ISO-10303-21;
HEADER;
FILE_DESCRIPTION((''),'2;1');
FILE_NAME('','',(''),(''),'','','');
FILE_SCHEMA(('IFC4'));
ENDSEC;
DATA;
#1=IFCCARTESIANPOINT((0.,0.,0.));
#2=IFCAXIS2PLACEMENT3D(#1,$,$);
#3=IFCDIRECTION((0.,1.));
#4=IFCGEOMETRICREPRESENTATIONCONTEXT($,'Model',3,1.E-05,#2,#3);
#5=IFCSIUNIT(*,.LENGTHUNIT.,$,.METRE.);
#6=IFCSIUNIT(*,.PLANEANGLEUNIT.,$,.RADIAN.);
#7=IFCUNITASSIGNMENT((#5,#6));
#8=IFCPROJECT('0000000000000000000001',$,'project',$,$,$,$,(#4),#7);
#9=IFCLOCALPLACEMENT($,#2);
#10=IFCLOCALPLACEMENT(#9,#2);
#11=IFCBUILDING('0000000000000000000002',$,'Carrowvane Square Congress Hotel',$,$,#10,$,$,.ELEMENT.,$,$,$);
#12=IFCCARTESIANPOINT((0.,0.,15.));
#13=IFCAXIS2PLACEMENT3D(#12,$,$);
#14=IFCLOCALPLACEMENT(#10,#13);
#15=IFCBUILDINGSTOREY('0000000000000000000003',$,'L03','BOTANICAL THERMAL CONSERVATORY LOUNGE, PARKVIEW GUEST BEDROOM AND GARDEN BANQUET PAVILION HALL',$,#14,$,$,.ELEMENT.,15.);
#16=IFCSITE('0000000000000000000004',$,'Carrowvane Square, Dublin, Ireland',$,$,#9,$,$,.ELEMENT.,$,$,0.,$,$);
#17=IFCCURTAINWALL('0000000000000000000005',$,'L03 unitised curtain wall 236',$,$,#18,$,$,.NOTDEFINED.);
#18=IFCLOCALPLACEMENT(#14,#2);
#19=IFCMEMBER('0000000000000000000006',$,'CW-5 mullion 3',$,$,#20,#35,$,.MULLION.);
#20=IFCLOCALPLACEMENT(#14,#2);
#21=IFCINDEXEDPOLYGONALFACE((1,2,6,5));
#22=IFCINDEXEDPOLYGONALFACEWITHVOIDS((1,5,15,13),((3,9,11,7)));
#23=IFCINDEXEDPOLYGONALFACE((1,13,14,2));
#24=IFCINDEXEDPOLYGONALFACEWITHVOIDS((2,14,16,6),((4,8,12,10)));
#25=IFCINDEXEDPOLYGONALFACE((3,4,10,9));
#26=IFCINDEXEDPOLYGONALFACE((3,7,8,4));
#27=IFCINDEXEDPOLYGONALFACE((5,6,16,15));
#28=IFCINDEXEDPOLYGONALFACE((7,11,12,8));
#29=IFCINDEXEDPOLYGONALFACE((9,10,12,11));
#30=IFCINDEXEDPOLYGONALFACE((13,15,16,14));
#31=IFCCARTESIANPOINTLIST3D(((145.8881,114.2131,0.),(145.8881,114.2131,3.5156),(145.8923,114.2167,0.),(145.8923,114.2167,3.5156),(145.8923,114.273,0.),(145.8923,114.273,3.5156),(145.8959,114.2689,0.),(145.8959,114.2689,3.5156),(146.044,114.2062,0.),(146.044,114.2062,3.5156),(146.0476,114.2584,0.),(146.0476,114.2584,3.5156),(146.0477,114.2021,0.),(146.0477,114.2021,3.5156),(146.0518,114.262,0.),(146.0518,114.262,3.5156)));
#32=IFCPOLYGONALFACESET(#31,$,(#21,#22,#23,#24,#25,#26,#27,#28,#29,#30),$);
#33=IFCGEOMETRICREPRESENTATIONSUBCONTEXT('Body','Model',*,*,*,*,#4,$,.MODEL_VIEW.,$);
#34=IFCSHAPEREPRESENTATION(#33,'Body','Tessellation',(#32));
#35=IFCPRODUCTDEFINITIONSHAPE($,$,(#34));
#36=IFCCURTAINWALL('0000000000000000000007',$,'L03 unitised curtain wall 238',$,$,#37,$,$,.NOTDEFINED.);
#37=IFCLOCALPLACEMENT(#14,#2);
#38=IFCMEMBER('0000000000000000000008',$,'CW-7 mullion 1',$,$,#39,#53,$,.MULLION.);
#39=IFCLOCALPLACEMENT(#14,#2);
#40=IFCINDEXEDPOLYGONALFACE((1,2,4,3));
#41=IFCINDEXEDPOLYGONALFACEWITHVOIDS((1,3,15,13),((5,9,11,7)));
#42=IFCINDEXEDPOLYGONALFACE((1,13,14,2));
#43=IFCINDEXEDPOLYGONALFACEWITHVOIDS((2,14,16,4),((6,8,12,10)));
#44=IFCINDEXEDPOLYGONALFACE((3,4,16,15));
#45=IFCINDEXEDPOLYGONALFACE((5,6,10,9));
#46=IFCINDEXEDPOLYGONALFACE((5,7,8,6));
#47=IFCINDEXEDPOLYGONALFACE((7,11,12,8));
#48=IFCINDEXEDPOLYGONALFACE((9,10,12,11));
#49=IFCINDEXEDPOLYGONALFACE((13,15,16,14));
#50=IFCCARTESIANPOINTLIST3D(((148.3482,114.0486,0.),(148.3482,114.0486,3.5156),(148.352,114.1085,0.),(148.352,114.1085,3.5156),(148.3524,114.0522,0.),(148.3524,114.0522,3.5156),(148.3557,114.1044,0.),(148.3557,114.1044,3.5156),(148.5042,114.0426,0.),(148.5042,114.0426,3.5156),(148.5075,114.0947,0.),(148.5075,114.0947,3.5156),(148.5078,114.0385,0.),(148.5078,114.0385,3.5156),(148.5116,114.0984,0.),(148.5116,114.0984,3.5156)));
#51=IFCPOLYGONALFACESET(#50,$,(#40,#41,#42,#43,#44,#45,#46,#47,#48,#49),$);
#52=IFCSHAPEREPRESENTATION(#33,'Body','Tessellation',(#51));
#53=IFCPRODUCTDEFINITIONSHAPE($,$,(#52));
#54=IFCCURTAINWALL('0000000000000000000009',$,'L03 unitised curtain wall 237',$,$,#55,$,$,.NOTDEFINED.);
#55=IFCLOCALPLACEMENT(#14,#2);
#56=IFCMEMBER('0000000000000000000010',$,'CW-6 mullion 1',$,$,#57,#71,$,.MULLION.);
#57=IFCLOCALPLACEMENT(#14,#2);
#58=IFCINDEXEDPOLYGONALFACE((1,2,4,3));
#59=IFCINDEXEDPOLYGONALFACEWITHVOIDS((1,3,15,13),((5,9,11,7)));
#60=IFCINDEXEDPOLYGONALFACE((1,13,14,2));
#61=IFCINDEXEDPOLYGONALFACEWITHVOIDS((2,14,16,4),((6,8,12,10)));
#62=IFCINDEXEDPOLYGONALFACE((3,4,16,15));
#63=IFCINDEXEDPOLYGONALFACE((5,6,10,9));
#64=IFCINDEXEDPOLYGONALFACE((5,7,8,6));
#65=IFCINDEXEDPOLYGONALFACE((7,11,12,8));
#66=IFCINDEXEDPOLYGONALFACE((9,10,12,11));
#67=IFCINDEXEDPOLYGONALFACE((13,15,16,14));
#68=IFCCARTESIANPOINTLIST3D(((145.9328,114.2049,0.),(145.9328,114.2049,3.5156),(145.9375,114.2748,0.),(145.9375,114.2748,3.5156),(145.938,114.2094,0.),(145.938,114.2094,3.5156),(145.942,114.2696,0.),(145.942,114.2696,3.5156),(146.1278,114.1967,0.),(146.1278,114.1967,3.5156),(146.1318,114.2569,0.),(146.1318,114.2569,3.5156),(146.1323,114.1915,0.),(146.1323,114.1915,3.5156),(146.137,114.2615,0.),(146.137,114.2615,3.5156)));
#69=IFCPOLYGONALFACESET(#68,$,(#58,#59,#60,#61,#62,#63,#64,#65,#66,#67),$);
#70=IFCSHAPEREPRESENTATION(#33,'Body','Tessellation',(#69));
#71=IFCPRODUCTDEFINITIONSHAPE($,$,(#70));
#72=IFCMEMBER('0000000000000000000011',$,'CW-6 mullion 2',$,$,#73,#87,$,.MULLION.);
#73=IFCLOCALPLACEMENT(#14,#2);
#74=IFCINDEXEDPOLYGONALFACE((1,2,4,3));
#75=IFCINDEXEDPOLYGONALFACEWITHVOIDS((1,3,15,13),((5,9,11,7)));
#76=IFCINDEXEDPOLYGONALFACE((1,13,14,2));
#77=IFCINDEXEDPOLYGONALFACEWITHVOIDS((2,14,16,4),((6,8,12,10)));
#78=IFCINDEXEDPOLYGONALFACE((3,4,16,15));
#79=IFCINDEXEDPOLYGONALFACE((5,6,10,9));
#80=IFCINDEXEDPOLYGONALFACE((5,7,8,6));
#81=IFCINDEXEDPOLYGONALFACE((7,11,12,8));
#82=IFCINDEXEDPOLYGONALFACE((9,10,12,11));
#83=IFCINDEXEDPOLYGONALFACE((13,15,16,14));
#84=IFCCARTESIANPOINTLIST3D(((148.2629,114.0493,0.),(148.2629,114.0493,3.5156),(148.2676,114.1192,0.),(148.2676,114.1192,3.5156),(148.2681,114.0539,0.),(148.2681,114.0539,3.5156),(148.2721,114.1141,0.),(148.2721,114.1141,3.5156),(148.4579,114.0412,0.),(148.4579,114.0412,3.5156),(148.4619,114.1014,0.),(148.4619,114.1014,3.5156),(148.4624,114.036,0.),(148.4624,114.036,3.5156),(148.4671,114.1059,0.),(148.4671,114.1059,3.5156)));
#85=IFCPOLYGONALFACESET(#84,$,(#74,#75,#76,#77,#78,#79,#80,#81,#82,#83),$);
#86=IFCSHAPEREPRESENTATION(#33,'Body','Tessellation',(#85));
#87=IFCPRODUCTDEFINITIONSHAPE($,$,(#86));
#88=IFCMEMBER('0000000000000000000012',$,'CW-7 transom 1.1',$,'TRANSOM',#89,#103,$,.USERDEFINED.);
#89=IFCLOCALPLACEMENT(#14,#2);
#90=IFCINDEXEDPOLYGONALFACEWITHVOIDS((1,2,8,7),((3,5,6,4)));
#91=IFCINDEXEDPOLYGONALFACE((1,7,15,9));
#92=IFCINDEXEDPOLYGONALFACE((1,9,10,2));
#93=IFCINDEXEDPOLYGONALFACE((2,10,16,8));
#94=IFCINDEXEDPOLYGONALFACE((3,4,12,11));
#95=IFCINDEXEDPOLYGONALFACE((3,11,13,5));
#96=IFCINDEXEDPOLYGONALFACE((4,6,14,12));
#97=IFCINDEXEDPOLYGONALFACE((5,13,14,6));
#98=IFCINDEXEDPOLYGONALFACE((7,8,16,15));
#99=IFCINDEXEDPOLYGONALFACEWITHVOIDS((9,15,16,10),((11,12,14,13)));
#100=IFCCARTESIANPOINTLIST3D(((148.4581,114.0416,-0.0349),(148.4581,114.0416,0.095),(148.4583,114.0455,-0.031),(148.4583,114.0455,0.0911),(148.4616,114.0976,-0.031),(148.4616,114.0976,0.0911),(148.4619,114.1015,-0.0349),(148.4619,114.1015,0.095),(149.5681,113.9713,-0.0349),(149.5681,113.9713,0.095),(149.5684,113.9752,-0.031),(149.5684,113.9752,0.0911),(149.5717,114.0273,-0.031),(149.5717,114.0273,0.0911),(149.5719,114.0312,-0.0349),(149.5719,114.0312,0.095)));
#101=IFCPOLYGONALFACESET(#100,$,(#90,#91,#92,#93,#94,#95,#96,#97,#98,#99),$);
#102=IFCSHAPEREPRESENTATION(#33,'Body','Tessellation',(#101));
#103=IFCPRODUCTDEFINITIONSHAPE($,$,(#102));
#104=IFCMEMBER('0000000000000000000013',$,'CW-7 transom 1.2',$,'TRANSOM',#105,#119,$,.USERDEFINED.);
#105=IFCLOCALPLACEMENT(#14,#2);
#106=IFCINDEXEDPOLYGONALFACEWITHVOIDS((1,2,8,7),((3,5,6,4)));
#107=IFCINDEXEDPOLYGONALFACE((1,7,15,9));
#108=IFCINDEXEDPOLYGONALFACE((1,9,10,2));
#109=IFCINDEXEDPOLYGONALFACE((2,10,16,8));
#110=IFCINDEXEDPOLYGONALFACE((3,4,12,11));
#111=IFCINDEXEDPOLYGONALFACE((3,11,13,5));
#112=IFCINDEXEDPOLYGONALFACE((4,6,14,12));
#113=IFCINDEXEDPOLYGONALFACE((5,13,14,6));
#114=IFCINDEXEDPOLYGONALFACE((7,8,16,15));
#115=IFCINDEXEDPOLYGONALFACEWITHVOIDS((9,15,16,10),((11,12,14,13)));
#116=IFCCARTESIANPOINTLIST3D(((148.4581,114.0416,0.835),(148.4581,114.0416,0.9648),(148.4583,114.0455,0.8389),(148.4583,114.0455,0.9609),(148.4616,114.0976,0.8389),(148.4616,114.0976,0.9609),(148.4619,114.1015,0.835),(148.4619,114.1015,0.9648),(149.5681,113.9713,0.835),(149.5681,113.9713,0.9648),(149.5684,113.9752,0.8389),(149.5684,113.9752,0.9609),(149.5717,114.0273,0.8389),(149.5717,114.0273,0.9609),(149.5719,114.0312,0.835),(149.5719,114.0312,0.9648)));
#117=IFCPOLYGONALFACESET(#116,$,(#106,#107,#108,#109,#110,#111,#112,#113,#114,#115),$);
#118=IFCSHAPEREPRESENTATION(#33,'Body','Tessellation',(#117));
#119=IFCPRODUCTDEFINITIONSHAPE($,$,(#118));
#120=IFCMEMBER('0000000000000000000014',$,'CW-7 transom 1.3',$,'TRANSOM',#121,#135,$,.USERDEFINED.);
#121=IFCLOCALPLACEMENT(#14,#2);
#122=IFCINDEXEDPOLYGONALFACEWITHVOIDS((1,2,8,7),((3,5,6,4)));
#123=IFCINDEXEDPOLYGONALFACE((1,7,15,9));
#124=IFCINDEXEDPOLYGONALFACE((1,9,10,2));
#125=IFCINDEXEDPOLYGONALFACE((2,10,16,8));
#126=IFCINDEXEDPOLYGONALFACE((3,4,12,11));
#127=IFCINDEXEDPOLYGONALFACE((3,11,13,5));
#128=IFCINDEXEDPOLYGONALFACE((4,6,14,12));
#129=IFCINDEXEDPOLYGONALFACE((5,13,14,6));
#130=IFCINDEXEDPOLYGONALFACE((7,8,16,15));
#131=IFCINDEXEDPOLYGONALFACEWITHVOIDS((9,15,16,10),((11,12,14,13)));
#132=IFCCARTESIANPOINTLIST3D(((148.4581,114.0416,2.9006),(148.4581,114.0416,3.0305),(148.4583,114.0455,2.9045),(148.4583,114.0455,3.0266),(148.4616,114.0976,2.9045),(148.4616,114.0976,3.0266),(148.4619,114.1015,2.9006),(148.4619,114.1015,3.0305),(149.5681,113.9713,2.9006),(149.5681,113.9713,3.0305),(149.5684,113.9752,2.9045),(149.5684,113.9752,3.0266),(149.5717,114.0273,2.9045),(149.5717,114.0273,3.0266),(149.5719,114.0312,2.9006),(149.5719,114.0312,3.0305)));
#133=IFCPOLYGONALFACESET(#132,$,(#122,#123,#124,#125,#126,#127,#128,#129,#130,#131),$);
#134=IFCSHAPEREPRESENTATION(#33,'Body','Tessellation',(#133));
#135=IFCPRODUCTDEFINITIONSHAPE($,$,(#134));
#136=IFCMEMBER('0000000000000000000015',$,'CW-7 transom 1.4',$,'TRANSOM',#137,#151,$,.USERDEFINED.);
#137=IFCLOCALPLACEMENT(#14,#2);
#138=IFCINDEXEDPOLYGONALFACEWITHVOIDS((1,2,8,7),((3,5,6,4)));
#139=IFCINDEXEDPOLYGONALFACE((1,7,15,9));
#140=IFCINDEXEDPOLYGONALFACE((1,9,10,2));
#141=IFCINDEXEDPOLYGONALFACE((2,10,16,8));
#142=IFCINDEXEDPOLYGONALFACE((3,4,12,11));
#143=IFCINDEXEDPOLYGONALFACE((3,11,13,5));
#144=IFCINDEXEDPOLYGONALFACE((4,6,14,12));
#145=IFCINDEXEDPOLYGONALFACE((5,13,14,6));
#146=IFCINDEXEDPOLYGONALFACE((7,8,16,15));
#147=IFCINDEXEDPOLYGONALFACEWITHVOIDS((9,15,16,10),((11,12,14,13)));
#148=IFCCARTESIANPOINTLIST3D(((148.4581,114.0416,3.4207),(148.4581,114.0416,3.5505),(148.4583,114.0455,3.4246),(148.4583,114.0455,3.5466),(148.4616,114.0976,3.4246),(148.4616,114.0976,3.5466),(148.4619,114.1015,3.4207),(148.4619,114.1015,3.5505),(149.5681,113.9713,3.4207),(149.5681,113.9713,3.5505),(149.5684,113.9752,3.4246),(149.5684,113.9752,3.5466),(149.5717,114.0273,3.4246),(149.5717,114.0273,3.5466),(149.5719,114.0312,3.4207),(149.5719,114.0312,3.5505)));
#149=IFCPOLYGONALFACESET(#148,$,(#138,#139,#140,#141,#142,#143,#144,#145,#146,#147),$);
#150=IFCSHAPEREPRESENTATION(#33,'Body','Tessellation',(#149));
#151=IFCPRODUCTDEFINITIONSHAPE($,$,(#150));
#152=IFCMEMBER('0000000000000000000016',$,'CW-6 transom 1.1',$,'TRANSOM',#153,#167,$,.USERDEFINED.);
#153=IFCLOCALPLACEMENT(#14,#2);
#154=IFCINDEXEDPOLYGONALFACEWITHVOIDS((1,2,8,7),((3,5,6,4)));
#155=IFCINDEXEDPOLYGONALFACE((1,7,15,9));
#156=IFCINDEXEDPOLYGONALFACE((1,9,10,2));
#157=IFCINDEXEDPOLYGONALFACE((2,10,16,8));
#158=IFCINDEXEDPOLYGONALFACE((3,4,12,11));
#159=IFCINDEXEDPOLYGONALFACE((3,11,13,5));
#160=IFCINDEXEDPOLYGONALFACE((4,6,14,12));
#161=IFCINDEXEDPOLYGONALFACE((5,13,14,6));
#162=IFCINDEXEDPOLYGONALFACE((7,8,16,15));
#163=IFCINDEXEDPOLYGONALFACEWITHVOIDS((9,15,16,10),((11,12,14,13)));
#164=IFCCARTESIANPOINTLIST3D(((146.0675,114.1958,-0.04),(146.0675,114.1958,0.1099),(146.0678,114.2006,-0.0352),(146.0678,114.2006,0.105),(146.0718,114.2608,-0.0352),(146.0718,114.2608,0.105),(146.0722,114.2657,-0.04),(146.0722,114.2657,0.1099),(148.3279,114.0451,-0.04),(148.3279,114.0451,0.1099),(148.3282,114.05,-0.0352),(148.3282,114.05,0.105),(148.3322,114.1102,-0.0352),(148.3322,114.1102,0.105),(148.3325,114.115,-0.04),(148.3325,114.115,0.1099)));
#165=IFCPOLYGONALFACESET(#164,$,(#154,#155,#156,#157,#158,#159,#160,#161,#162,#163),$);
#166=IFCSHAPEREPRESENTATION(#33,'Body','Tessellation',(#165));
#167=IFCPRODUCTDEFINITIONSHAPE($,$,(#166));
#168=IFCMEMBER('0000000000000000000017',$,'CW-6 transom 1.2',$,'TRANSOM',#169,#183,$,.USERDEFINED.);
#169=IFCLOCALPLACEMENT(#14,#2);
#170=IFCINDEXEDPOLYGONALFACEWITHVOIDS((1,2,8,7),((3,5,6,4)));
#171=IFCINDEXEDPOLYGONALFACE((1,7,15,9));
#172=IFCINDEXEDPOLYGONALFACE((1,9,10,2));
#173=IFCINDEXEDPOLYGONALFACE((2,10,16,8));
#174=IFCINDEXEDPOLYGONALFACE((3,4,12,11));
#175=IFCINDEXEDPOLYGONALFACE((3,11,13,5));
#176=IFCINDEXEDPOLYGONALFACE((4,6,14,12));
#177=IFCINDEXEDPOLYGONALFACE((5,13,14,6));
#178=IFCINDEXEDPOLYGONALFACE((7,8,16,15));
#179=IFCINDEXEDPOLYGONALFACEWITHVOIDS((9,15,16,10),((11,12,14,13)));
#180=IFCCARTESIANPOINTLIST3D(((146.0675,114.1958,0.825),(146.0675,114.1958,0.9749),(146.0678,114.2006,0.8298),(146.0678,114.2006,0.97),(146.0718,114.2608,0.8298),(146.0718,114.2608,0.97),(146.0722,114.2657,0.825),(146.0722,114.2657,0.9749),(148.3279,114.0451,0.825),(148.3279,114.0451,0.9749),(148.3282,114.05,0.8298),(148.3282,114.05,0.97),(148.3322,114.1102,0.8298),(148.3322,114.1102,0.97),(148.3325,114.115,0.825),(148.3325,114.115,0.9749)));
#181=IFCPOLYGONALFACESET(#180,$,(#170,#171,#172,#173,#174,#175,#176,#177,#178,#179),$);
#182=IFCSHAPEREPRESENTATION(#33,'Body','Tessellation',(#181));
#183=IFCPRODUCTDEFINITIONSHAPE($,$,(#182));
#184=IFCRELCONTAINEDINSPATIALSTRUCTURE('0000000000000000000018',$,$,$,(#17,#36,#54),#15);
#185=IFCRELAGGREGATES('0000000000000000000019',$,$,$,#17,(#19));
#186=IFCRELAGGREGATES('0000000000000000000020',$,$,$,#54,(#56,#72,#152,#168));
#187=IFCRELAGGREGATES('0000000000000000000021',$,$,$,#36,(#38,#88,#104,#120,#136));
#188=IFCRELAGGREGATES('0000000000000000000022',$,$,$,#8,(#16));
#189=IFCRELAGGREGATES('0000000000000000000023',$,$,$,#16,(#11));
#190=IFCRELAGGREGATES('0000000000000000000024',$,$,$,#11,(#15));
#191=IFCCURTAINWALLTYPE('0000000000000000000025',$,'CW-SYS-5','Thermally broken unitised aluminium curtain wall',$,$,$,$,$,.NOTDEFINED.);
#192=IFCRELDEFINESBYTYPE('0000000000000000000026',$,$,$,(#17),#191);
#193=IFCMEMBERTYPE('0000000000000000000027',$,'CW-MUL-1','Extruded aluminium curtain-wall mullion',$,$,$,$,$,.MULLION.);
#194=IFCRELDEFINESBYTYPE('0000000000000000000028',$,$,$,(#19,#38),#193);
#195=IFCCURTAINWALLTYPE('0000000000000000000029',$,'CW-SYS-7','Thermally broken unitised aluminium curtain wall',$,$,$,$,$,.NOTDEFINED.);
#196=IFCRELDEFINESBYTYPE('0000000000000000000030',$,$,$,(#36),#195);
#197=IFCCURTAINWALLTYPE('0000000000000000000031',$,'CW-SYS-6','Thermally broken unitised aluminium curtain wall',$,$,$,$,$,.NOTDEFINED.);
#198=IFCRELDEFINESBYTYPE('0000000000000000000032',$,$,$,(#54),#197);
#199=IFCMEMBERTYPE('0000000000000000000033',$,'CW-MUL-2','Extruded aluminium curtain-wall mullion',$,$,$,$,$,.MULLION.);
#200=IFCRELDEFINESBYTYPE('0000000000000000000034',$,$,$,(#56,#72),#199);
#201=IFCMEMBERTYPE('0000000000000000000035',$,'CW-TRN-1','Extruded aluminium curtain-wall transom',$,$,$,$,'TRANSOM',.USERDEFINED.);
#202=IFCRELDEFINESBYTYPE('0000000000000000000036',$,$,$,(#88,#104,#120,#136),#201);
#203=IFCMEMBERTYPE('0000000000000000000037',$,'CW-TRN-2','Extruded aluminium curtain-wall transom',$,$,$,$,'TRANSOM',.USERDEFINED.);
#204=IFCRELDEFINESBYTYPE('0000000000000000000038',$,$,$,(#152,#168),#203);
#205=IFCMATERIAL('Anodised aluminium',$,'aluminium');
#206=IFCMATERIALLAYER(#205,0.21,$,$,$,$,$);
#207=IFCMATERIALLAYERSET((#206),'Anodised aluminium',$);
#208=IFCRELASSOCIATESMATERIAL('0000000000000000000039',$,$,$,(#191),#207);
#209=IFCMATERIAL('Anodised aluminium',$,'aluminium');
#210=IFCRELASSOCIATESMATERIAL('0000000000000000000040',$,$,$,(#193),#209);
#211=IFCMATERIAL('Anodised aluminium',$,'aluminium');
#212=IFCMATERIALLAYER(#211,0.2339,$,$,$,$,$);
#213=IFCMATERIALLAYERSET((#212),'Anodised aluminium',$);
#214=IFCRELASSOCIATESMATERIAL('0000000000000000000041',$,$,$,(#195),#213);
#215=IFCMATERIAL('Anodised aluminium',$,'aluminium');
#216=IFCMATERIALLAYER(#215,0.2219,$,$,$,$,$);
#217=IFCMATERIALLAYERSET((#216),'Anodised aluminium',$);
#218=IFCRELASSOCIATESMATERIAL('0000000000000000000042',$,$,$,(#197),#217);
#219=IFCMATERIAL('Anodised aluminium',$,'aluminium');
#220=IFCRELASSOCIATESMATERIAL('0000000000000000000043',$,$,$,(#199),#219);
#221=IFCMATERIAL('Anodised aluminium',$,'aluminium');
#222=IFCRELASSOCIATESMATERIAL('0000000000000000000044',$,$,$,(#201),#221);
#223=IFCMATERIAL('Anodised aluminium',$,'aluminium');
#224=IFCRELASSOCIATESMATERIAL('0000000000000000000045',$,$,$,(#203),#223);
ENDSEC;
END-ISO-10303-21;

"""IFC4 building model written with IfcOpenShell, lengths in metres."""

from ifc_helpers import new_model, si_unit, direction, frame, origin, origin_2d, place, context, subcontext, project, spatial, hollow_rectangle, extrude, material, layer, layer_set, material_profile, profile_set, type_object, element, aggregate, save


model = new_model("IFC4")

# Units and contexts
model_context = context("Model", 3, precision=1e-05, world=origin(), true_north=direction((0.0, 1.0)))
body_context = subcontext(model_context, "Body", "Model", "MODEL_VIEW")
ifc_project = project(units=[si_unit("LENGTHUNIT", "METRE"), si_unit("PLANEANGLEUNIT", "RADIAN")], contexts=[model_context])

# Site, building, storey
site_placement = place(None, origin())
site = spatial("IfcSite", under=ifc_project, at=site_placement, Name="Carrowvane Square, Dublin, Ireland", CompositionType="ELEMENT", RefElevation=0.0)
building_placement = place(site_placement, origin())
building = spatial("IfcBuilding", under=site, at=building_placement, Name="Carrowvane Square Congress Hotel", CompositionType="ELEMENT")
storey_placement = place(building_placement, frame((0.0, 0.0, 15.0)))
storey = spatial("IfcBuildingStorey", under=building, at=storey_placement, Name="L03", Description="BOTANICAL THERMAL CONSERVATORY LOUNGE, PARKVIEW GUEST BEDROOM AND GARDEN BANQUET PAVILION HALL", CompositionType="ELEMENT", Elevation=15.0)

# Curtain walls, members
ifc_material_1 = material(Name="Anodised aluminium", Category="aluminium")
ifc_layer_1 = layer(ifc_material_1, 0.21)
ifc_layer_set_1 = layer_set([ifc_layer_1], Name="Anodised aluminium")
curtain_wall_type_1 = type_object("IfcCurtainWallType", Name="CW-SYS-5", Description="Thermally broken unitised aluminium curtain wall", PredefinedType="NOTDEFINED", material=ifc_layer_set_1)
curtain_wall_1_placement = place(storey_placement, origin())
curtain_wall_1 = element("IfcCurtainWall", 1, at=curtain_wall_1_placement, inside=storey, type_object=curtain_wall_type_1, Name="L03 unitised curtain wall 236", PredefinedType="NOTDEFINED")
ifc_material_2 = material(Name="Anodised aluminium", Category="aluminium")
ifc_material_profile_1 = material_profile(ifc_material_2, hollow_rectangle(XDim=0.0601, YDim=0.1599, WallThickness=0.0039, at=origin_2d()), Name="CW-ML 60x160x4")
ifc_profile_set_1 = profile_set([ifc_material_profile_1], Name="Anodised aluminium")
member_type_1 = type_object("IfcMemberType", Name="CW-MUL-1", Description="Extruded aluminium curtain-wall mullion", PredefinedType="MULLION", material=ifc_profile_set_1)
member_1_placement = place(storey_placement, frame((145.97, 114.2375, 0.0), z_axis=(0.0, 0.0, 1.0), x_axis=(0.068986, 0.997618, 0.0)))
member_1 = element("IfcMember", 2, at=member_1_placement, type_object=member_type_1, Name="CW-5 mullion 3", PredefinedType="MULLION", context=body_context, shape_type="SweptSolid", body=[
    extrude(hollow_rectangle(XDim=0.0601, YDim=0.1599, WallThickness=0.0039, at=origin_2d()), origin(), (0.0, 0.0, 1.0), 3.5156),
])
ifc_material_3 = material(Name="Anodised aluminium", Category="aluminium")
ifc_layer_2 = layer(ifc_material_3, 0.2339)
ifc_layer_set_2 = layer_set([ifc_layer_2], Name="Anodised aluminium")
curtain_wall_type_2 = type_object("IfcCurtainWallType", Name="CW-SYS-7", Description="Thermally broken unitised aluminium curtain wall", PredefinedType="NOTDEFINED", material=ifc_layer_set_2)
curtain_wall_2_placement = place(storey_placement, origin())
curtain_wall_2 = element("IfcCurtainWall", 3, at=curtain_wall_2_placement, inside=storey, type_object=curtain_wall_type_2, Name="L03 unitised curtain wall 238", PredefinedType="NOTDEFINED")
member_2_placement = place(storey_placement, frame((148.4299, 114.0735, 0.0), z_axis=(0.0, 0.0, 1.0), x_axis=(0.063273, 0.997996, 0.0)))
member_2 = element("IfcMember", 4, at=member_2_placement, type_object=member_type_1, Name="CW-7 mullion 1", PredefinedType="MULLION", context=body_context, shape_type="SweptSolid", body=[
    extrude(hollow_rectangle(XDim=0.0601, YDim=0.1599, WallThickness=0.0039, at=origin_2d()), origin(), (0.0, 0.0, 1.0), 3.5156),
])

# Curtain wall, members
ifc_material_4 = material(Name="Anodised aluminium", Category="aluminium")
ifc_layer_3 = layer(ifc_material_4, 0.2219)
ifc_layer_set_3 = layer_set([ifc_layer_3], Name="Anodised aluminium")
curtain_wall_type_3 = type_object("IfcCurtainWallType", Name="CW-SYS-6", Description="Thermally broken unitised aluminium curtain wall", PredefinedType="NOTDEFINED", material=ifc_layer_set_3)
curtain_wall_3_placement = place(storey_placement, origin())
curtain_wall_3 = element("IfcCurtainWall", 5, at=curtain_wall_3_placement, inside=storey, type_object=curtain_wall_type_3, Name="L03 unitised curtain wall 237", PredefinedType="NOTDEFINED")
ifc_material_5 = material(Name="Anodised aluminium", Category="aluminium")
ifc_material_profile_2 = material_profile(ifc_material_5, hollow_rectangle(XDim=0.0701, YDim=0.2, WallThickness=0.0049, at=origin_2d()), Name="CW-ML 70x200x5")
ifc_profile_set_2 = profile_set([ifc_material_profile_2], Name="Anodised aluminium")
member_type_2 = type_object("IfcMemberType", Name="CW-MUL-2", Description="Extruded aluminium curtain-wall mullion", PredefinedType="MULLION", material=ifc_profile_set_2)
member_3_placement = place(storey_placement, frame((146.0349, 114.2332, 0.0), z_axis=(0.0, 0.0, 1.0), x_axis=(0.066574, 0.997781, 0.0)))
member_3 = element("IfcMember", 6, at=member_3_placement, type_object=member_type_2, Name="CW-6 mullion 1", PredefinedType="MULLION", context=body_context, shape_type="SweptSolid", body=[
    extrude(hollow_rectangle(XDim=0.0701, YDim=0.2, WallThickness=0.0049, at=origin_2d()), origin(), (0.0, 0.0, 1.0), 3.5156),
])
member_4_placement = place(storey_placement, frame((148.365, 114.0776, 0.0), z_axis=(0.0, 0.0, 1.0), x_axis=(0.066574, 0.997781, 0.0)))
member_4 = element("IfcMember", 7, at=member_4_placement, type_object=member_type_2, Name="CW-6 mullion 2", PredefinedType="MULLION", context=body_context, shape_type="SweptSolid", body=[
    extrude(hollow_rectangle(XDim=0.0701, YDim=0.2, WallThickness=0.0049, at=origin_2d()), origin(), (0.0, 0.0, 1.0), 3.5156),
])

# Members
ifc_material_6 = material(Name="Anodised aluminium", Category="aluminium")
ifc_material_profile_3 = material_profile(ifc_material_6, hollow_rectangle(XDim=0.0601, YDim=0.1299, WallThickness=0.0039, at=origin_2d()), Name="CW-TR 60x130x4")
ifc_profile_set_3 = profile_set([ifc_material_profile_3], Name="Anodised aluminium")
member_type_3 = type_object("IfcMemberType", Name="CW-TRN-1", Description="Extruded aluminium curtain-wall transom", ElementType="TRANSOM", PredefinedType="USERDEFINED", material=ifc_profile_set_3)
member_5_placement = place(storey_placement, frame((148.46, 114.0715, 0.03), z_axis=(0.998, -0.063212, 0.0), x_axis=(0.063212, 0.998, 0.0)))
member_5 = element("IfcMember", 8, at=member_5_placement, type_object=member_type_3, Name="CW-7 transom 1.1", ObjectType="TRANSOM", PredefinedType="USERDEFINED", context=body_context, shape_type="SweptSolid", body=[
    extrude(hollow_rectangle(XDim=0.0601, YDim=0.1299, WallThickness=0.0039, at=origin_2d()), origin(), (0.0, 0.0, 1.0), 1.1123),
])
member_6_placement = place(storey_placement, frame((148.46, 114.0715, 0.8999), z_axis=(0.998, -0.063212, 0.0), x_axis=(0.063212, 0.998, 0.0)))
member_6 = element("IfcMember", 9, at=member_6_placement, type_object=member_type_3, Name="CW-7 transom 1.2", ObjectType="TRANSOM", PredefinedType="USERDEFINED", context=body_context, shape_type="SweptSolid", body=[
    extrude(hollow_rectangle(XDim=0.0601, YDim=0.1299, WallThickness=0.0039, at=origin_2d()), origin(), (0.0, 0.0, 1.0), 1.1123),
])
member_7_placement = place(storey_placement, frame((148.46, 114.0715, 2.9656), z_axis=(0.998, -0.063212, 0.0), x_axis=(0.063212, 0.998, 0.0)))
member_7 = element("IfcMember", 10, at=member_7_placement, type_object=member_type_3, Name="CW-7 transom 1.3", ObjectType="TRANSOM", PredefinedType="USERDEFINED", context=body_context, shape_type="SweptSolid", body=[
    extrude(hollow_rectangle(XDim=0.0601, YDim=0.1299, WallThickness=0.0039, at=origin_2d()), origin(), (0.0, 0.0, 1.0), 1.1123),
])
member_8_placement = place(storey_placement, frame((148.46, 114.0715, 3.4856), z_axis=(0.998, -0.063212, 0.0), x_axis=(0.063212, 0.998, 0.0)))
member_8 = element("IfcMember", 11, at=member_8_placement, type_object=member_type_3, Name="CW-7 transom 1.4", ObjectType="TRANSOM", PredefinedType="USERDEFINED", context=body_context, shape_type="SweptSolid", body=[
    extrude(hollow_rectangle(XDim=0.0601, YDim=0.1299, WallThickness=0.0039, at=origin_2d()), origin(), (0.0, 0.0, 1.0), 1.1123),
])
ifc_material_7 = material(Name="Anodised aluminium", Category="aluminium")
ifc_material_profile_4 = material_profile(ifc_material_7, hollow_rectangle(XDim=0.0701, YDim=0.1499, WallThickness=0.0049, at=origin_2d()), Name="CW-TR 70x150x5")
ifc_profile_set_4 = profile_set([ifc_material_profile_4], Name="Anodised aluminium")
member_type_4 = type_object("IfcMemberType", Name="CW-TRN-2", Description="Extruded aluminium curtain-wall transom", ElementType="TRANSOM", PredefinedType="USERDEFINED", material=ifc_profile_set_4)
member_9_placement = place(storey_placement, frame((146.0698, 114.2307, 0.0349), z_axis=(0.997787, -0.066498, 0.0), x_axis=(0.066498, 0.997787, 0.0)))
member_9 = element("IfcMember", 12, at=member_9_placement, type_object=member_type_4, Name="CW-6 transom 1.1", ObjectType="TRANSOM", PredefinedType="USERDEFINED", context=body_context, shape_type="SweptSolid", body=[
    extrude(hollow_rectangle(XDim=0.0701, YDim=0.1499, WallThickness=0.0049, at=origin_2d()), origin(), (0.0, 0.0, 1.0), 2.2654),
])
member_10_placement = place(storey_placement, frame((146.0698, 114.2307, 0.8999), z_axis=(0.997787, -0.066498, 0.0), x_axis=(0.066498, 0.997787, 0.0)))
member_10 = element("IfcMember", 13, at=member_10_placement, type_object=member_type_4, Name="CW-6 transom 1.2", ObjectType="TRANSOM", PredefinedType="USERDEFINED", context=body_context, shape_type="SweptSolid", body=[
    extrude(hollow_rectangle(XDim=0.0701, YDim=0.1499, WallThickness=0.0049, at=origin_2d()), origin(), (0.0, 0.0, 1.0), 2.2654),
])

aggregate(curtain_wall_1, [member_1])
aggregate(curtain_wall_3, [member_3, member_4, member_9, member_10])
aggregate(curtain_wall_2, [member_2, member_5, member_6, member_7, member_8])

save(model, "model.ifc")
